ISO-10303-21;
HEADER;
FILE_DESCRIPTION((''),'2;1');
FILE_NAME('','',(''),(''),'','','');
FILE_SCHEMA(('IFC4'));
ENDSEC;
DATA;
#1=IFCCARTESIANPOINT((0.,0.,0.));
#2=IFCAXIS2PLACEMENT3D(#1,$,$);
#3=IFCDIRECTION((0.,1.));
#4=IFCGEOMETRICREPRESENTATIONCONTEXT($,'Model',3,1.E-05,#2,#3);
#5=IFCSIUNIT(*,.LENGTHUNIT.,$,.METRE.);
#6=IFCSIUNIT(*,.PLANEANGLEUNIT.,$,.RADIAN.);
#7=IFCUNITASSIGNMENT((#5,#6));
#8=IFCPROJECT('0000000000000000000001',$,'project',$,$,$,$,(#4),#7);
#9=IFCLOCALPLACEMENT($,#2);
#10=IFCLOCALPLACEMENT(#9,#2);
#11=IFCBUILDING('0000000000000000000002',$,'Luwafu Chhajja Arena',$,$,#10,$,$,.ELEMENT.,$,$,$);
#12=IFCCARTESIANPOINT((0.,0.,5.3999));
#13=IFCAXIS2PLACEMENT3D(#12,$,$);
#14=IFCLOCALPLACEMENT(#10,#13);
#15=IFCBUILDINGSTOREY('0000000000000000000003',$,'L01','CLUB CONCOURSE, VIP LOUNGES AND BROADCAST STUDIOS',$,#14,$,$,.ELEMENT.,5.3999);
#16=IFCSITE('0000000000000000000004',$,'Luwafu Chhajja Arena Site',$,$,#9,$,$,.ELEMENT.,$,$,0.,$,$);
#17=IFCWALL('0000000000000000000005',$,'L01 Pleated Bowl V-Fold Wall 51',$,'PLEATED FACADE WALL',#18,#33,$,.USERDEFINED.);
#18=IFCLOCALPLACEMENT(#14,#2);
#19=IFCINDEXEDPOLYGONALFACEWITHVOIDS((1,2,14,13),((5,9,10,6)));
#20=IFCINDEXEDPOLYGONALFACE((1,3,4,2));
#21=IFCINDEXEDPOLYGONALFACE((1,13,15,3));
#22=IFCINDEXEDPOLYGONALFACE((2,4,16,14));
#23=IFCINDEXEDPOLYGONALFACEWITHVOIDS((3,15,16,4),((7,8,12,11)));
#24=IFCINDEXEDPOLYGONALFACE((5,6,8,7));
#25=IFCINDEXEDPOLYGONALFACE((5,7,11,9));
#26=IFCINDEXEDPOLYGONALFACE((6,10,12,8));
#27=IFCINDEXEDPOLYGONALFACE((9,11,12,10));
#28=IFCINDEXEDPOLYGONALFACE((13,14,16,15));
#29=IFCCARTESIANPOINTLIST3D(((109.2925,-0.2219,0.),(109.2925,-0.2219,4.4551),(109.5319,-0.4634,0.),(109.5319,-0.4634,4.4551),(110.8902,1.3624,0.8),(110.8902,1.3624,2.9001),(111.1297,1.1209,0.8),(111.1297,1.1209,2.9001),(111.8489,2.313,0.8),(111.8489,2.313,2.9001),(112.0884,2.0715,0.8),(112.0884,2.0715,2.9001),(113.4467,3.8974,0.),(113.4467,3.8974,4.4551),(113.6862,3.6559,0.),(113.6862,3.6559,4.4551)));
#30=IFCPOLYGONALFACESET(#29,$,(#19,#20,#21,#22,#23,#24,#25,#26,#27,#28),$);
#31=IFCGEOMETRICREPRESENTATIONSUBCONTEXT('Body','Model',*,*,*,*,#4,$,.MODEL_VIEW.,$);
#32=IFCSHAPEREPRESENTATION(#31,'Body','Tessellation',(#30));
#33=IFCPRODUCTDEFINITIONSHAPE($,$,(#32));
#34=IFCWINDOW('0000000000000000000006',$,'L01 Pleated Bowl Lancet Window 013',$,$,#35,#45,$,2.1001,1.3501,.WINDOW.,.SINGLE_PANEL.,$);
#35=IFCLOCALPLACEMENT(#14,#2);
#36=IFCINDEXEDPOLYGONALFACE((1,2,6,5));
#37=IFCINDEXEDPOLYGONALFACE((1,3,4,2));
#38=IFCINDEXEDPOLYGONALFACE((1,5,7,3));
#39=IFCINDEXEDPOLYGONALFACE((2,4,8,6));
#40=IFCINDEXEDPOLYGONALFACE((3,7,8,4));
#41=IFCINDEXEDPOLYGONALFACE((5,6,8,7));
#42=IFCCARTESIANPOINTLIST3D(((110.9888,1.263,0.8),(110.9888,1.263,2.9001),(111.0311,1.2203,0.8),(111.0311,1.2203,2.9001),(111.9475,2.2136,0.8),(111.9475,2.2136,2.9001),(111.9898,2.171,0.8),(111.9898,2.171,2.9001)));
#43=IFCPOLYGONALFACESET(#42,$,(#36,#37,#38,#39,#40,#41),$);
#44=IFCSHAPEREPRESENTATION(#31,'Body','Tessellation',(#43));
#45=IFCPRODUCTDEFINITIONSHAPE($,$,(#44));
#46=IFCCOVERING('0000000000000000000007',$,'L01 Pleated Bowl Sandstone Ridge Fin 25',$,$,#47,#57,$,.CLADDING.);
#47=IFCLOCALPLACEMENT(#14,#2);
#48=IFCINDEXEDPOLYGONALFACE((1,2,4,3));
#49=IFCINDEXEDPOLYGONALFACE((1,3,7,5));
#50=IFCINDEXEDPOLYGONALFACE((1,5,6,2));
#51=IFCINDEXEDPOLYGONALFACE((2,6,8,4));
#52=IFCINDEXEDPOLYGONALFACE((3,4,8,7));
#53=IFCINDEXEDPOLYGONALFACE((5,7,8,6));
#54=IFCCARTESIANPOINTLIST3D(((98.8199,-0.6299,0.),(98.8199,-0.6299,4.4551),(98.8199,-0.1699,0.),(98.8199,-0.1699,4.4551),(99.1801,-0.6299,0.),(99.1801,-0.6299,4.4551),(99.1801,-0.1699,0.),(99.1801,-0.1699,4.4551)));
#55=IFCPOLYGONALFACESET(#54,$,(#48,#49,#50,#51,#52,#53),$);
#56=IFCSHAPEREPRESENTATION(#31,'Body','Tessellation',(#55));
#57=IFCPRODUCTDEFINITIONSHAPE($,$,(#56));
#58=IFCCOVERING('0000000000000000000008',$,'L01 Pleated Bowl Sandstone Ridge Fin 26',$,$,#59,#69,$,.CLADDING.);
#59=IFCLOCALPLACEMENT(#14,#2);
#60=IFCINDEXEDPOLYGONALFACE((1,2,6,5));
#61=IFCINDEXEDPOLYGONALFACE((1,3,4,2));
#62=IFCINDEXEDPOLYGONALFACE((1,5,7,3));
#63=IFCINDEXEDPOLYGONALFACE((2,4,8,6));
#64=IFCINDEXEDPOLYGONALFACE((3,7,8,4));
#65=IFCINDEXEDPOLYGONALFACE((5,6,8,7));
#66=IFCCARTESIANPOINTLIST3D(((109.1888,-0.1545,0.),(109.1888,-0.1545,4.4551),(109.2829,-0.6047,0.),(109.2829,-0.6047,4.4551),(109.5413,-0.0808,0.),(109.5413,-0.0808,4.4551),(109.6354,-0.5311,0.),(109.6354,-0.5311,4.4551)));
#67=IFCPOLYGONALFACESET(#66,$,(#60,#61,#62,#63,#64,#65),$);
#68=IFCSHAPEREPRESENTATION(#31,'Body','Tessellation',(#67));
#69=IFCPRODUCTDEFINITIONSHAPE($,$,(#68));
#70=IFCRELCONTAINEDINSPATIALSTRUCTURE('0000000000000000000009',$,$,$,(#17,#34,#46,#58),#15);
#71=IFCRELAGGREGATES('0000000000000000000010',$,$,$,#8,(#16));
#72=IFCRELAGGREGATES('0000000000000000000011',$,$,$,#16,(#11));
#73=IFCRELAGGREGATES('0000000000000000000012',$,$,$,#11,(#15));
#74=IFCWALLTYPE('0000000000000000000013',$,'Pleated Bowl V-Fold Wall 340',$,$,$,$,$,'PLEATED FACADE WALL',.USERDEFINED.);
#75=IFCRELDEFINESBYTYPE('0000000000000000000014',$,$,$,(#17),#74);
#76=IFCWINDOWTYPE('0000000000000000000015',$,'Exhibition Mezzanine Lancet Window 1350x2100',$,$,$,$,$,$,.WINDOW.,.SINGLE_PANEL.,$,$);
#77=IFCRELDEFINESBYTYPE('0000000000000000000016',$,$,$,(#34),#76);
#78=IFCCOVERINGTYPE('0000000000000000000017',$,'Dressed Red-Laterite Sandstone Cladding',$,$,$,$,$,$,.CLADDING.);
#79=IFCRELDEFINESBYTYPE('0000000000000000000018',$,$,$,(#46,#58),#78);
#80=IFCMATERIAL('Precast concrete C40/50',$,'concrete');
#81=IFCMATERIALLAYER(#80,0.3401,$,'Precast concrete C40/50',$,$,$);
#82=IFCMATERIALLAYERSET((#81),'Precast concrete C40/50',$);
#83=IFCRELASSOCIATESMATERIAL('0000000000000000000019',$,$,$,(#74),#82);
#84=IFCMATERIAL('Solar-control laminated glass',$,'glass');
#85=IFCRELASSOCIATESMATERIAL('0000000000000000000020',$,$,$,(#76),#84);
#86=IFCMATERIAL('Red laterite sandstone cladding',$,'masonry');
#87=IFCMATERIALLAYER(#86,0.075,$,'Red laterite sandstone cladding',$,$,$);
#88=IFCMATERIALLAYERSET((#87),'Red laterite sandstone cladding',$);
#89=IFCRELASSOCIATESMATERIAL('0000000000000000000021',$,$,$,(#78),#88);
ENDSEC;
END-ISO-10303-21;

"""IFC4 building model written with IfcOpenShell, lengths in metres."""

from ifc_helpers import new_model, si_unit, direction, frame, frame_2d, origin, origin_2d, place, context, subcontext, project, spatial, rectangle, extrude, material, layer, layer_set, type_object, element, fill, save


model = new_model("IFC4")

# Units and contexts
model_context = context("Model", 3, precision=1e-05, world=origin(), true_north=direction((0.0, 1.0)))
body_context = subcontext(model_context, "Body", "Model", "MODEL_VIEW")
ifc_project = project(units=[si_unit("LENGTHUNIT", "METRE"), si_unit("PLANEANGLEUNIT", "RADIAN")], contexts=[model_context])

# Site, building, storey
site_placement = place(None, origin())
site = spatial("IfcSite", under=ifc_project, at=site_placement, Name="Luwafu Chhajja Arena Site", CompositionType="ELEMENT", RefElevation=0.0)
building_placement = place(site_placement, origin())
building = spatial("IfcBuilding", under=site, at=building_placement, Name="Luwafu Chhajja Arena", CompositionType="ELEMENT")
storey_placement = place(building_placement, frame((0.0, 0.0, 5.3999)))
storey = spatial("IfcBuildingStorey", under=building, at=storey_placement, Name="L01", Description="CLUB CONCOURSE, VIP LOUNGES AND BROADCAST STUDIOS", CompositionType="ELEMENT", Elevation=5.3999)

# Shared definitions
ifc_material_1 = material(Name="Solar-control laminated glass", Category="glass")

# Wall, opening, window
ifc_material_2 = material(Name="Precast concrete C40/50", Category="concrete")
ifc_layer_1 = layer(ifc_material_2, 0.3401, Name="Precast concrete C40/50")
ifc_layer_set_1 = layer_set([ifc_layer_1], Name="Precast concrete C40/50")
wall_type_1 = type_object("IfcWallType", Name="Pleated Bowl V-Fold Wall 340", ElementType="PLEATED FACADE WALL", PredefinedType="USERDEFINED", material=ifc_layer_set_1)
wall_1_placement = place(storey_placement, frame((109.4121, -0.3428, 0.0), z_axis=(0.0, 0.0, 1.0), x_axis=(0.710084, 0.704117, 0.0)))
wall_1 = element("IfcWall", 1, at=wall_1_placement, inside=storey, type_object=wall_type_1, Name="L01 Pleated Bowl V-Fold Wall 51", ObjectType="PLEATED FACADE WALL", PredefinedType="USERDEFINED", context=body_context, shape_type="SweptSolid", body=[
    extrude(rectangle(XDim=5.8503, YDim=0.3401, at=frame_2d((2.9253, 0.0))), origin(), (0.0, 0.0, 1.0), 4.4551),
])
opening_1_placement = place(wall_1_placement, frame((2.2502, 0.0, 0.8)))
opening_1 = element("IfcOpeningElement", 2, at=opening_1_placement, cuts=wall_1, PredefinedType="OPENING", context=body_context, shape_type="SweptSolid", body=[
    extrude(rectangle(XDim=1.3501, YDim=2.1001, at=frame_2d((0.675, 1.05))), frame((0.0, 0.1799, 0.0), z_axis=(0.0, -1.0, 0.0), x_axis=(1.0, 0.0, 0.0)), (0.0, 0.0, 1.0), 0.3601),
])
window_type_1 = type_object("IfcWindowType", Name="Exhibition Mezzanine Lancet Window 1350x2100", PartitioningType="SINGLE_PANEL", PredefinedType="WINDOW", material=ifc_material_1)
window_1_placement = place(opening_1_placement, origin())
window_1 = element("IfcWindow", 3, at=window_1_placement, inside=storey, type_object=window_type_1, Name="L01 Pleated Bowl Lancet Window 013", OverallHeight=2.1001, OverallWidth=1.3501, PartitioningType="SINGLE_PANEL", PredefinedType="WINDOW", context=body_context, shape_type="SweptSolid", body=[
    extrude(rectangle(XDim=1.3501, YDim=2.1001, at=frame_2d((0.675, 1.05))), frame((0.0, 0.03, 0.0), z_axis=(0.0, -1.0, 0.0), x_axis=(1.0, 0.0, 0.0)), (0.0, 0.0, 1.0), 0.0601),
])
fill(opening_1, window_1)

# Coverings
ifc_material_3 = material(Name="Red laterite sandstone cladding", Category="masonry")
ifc_layer_2 = layer(ifc_material_3, 0.075, Name="Red laterite sandstone cladding")
ifc_layer_set_2 = layer_set([ifc_layer_2], Name="Red laterite sandstone cladding")
covering_type = type_object("IfcCoveringType", Name="Dressed Red-Laterite Sandstone Cladding", PredefinedType="CLADDING", material=ifc_layer_set_2)
for number, where, z_axis, x_axis, name in (
    (4, (99.0, -0.3999, 0.0), (0.0, 0.0, 1.0), (0.0, -1.0, 0.0), "L01 Pleated Bowl Sandstone Ridge Fin 25"),
    (5, (109.4121, -0.3428, 0.0), (0.0, 0.0, 1.0), (0.204485, -0.97887, 0.0), "L01 Pleated Bowl Sandstone Ridge Fin 26"),
):
    element("IfcCovering", number, at=place(storey_placement, frame(where, z_axis=z_axis, x_axis=x_axis)), inside=storey, type_object=covering_type, Name=name, PredefinedType="CLADDING", context=body_context, shape_type="SweptSolid", body=[
        extrude(rectangle(XDim=0.46, YDim=0.3601, at=origin_2d()), origin(), (0.0, 0.0, 1.0), 4.4551),
    ])

save(model, "model.ifc")
